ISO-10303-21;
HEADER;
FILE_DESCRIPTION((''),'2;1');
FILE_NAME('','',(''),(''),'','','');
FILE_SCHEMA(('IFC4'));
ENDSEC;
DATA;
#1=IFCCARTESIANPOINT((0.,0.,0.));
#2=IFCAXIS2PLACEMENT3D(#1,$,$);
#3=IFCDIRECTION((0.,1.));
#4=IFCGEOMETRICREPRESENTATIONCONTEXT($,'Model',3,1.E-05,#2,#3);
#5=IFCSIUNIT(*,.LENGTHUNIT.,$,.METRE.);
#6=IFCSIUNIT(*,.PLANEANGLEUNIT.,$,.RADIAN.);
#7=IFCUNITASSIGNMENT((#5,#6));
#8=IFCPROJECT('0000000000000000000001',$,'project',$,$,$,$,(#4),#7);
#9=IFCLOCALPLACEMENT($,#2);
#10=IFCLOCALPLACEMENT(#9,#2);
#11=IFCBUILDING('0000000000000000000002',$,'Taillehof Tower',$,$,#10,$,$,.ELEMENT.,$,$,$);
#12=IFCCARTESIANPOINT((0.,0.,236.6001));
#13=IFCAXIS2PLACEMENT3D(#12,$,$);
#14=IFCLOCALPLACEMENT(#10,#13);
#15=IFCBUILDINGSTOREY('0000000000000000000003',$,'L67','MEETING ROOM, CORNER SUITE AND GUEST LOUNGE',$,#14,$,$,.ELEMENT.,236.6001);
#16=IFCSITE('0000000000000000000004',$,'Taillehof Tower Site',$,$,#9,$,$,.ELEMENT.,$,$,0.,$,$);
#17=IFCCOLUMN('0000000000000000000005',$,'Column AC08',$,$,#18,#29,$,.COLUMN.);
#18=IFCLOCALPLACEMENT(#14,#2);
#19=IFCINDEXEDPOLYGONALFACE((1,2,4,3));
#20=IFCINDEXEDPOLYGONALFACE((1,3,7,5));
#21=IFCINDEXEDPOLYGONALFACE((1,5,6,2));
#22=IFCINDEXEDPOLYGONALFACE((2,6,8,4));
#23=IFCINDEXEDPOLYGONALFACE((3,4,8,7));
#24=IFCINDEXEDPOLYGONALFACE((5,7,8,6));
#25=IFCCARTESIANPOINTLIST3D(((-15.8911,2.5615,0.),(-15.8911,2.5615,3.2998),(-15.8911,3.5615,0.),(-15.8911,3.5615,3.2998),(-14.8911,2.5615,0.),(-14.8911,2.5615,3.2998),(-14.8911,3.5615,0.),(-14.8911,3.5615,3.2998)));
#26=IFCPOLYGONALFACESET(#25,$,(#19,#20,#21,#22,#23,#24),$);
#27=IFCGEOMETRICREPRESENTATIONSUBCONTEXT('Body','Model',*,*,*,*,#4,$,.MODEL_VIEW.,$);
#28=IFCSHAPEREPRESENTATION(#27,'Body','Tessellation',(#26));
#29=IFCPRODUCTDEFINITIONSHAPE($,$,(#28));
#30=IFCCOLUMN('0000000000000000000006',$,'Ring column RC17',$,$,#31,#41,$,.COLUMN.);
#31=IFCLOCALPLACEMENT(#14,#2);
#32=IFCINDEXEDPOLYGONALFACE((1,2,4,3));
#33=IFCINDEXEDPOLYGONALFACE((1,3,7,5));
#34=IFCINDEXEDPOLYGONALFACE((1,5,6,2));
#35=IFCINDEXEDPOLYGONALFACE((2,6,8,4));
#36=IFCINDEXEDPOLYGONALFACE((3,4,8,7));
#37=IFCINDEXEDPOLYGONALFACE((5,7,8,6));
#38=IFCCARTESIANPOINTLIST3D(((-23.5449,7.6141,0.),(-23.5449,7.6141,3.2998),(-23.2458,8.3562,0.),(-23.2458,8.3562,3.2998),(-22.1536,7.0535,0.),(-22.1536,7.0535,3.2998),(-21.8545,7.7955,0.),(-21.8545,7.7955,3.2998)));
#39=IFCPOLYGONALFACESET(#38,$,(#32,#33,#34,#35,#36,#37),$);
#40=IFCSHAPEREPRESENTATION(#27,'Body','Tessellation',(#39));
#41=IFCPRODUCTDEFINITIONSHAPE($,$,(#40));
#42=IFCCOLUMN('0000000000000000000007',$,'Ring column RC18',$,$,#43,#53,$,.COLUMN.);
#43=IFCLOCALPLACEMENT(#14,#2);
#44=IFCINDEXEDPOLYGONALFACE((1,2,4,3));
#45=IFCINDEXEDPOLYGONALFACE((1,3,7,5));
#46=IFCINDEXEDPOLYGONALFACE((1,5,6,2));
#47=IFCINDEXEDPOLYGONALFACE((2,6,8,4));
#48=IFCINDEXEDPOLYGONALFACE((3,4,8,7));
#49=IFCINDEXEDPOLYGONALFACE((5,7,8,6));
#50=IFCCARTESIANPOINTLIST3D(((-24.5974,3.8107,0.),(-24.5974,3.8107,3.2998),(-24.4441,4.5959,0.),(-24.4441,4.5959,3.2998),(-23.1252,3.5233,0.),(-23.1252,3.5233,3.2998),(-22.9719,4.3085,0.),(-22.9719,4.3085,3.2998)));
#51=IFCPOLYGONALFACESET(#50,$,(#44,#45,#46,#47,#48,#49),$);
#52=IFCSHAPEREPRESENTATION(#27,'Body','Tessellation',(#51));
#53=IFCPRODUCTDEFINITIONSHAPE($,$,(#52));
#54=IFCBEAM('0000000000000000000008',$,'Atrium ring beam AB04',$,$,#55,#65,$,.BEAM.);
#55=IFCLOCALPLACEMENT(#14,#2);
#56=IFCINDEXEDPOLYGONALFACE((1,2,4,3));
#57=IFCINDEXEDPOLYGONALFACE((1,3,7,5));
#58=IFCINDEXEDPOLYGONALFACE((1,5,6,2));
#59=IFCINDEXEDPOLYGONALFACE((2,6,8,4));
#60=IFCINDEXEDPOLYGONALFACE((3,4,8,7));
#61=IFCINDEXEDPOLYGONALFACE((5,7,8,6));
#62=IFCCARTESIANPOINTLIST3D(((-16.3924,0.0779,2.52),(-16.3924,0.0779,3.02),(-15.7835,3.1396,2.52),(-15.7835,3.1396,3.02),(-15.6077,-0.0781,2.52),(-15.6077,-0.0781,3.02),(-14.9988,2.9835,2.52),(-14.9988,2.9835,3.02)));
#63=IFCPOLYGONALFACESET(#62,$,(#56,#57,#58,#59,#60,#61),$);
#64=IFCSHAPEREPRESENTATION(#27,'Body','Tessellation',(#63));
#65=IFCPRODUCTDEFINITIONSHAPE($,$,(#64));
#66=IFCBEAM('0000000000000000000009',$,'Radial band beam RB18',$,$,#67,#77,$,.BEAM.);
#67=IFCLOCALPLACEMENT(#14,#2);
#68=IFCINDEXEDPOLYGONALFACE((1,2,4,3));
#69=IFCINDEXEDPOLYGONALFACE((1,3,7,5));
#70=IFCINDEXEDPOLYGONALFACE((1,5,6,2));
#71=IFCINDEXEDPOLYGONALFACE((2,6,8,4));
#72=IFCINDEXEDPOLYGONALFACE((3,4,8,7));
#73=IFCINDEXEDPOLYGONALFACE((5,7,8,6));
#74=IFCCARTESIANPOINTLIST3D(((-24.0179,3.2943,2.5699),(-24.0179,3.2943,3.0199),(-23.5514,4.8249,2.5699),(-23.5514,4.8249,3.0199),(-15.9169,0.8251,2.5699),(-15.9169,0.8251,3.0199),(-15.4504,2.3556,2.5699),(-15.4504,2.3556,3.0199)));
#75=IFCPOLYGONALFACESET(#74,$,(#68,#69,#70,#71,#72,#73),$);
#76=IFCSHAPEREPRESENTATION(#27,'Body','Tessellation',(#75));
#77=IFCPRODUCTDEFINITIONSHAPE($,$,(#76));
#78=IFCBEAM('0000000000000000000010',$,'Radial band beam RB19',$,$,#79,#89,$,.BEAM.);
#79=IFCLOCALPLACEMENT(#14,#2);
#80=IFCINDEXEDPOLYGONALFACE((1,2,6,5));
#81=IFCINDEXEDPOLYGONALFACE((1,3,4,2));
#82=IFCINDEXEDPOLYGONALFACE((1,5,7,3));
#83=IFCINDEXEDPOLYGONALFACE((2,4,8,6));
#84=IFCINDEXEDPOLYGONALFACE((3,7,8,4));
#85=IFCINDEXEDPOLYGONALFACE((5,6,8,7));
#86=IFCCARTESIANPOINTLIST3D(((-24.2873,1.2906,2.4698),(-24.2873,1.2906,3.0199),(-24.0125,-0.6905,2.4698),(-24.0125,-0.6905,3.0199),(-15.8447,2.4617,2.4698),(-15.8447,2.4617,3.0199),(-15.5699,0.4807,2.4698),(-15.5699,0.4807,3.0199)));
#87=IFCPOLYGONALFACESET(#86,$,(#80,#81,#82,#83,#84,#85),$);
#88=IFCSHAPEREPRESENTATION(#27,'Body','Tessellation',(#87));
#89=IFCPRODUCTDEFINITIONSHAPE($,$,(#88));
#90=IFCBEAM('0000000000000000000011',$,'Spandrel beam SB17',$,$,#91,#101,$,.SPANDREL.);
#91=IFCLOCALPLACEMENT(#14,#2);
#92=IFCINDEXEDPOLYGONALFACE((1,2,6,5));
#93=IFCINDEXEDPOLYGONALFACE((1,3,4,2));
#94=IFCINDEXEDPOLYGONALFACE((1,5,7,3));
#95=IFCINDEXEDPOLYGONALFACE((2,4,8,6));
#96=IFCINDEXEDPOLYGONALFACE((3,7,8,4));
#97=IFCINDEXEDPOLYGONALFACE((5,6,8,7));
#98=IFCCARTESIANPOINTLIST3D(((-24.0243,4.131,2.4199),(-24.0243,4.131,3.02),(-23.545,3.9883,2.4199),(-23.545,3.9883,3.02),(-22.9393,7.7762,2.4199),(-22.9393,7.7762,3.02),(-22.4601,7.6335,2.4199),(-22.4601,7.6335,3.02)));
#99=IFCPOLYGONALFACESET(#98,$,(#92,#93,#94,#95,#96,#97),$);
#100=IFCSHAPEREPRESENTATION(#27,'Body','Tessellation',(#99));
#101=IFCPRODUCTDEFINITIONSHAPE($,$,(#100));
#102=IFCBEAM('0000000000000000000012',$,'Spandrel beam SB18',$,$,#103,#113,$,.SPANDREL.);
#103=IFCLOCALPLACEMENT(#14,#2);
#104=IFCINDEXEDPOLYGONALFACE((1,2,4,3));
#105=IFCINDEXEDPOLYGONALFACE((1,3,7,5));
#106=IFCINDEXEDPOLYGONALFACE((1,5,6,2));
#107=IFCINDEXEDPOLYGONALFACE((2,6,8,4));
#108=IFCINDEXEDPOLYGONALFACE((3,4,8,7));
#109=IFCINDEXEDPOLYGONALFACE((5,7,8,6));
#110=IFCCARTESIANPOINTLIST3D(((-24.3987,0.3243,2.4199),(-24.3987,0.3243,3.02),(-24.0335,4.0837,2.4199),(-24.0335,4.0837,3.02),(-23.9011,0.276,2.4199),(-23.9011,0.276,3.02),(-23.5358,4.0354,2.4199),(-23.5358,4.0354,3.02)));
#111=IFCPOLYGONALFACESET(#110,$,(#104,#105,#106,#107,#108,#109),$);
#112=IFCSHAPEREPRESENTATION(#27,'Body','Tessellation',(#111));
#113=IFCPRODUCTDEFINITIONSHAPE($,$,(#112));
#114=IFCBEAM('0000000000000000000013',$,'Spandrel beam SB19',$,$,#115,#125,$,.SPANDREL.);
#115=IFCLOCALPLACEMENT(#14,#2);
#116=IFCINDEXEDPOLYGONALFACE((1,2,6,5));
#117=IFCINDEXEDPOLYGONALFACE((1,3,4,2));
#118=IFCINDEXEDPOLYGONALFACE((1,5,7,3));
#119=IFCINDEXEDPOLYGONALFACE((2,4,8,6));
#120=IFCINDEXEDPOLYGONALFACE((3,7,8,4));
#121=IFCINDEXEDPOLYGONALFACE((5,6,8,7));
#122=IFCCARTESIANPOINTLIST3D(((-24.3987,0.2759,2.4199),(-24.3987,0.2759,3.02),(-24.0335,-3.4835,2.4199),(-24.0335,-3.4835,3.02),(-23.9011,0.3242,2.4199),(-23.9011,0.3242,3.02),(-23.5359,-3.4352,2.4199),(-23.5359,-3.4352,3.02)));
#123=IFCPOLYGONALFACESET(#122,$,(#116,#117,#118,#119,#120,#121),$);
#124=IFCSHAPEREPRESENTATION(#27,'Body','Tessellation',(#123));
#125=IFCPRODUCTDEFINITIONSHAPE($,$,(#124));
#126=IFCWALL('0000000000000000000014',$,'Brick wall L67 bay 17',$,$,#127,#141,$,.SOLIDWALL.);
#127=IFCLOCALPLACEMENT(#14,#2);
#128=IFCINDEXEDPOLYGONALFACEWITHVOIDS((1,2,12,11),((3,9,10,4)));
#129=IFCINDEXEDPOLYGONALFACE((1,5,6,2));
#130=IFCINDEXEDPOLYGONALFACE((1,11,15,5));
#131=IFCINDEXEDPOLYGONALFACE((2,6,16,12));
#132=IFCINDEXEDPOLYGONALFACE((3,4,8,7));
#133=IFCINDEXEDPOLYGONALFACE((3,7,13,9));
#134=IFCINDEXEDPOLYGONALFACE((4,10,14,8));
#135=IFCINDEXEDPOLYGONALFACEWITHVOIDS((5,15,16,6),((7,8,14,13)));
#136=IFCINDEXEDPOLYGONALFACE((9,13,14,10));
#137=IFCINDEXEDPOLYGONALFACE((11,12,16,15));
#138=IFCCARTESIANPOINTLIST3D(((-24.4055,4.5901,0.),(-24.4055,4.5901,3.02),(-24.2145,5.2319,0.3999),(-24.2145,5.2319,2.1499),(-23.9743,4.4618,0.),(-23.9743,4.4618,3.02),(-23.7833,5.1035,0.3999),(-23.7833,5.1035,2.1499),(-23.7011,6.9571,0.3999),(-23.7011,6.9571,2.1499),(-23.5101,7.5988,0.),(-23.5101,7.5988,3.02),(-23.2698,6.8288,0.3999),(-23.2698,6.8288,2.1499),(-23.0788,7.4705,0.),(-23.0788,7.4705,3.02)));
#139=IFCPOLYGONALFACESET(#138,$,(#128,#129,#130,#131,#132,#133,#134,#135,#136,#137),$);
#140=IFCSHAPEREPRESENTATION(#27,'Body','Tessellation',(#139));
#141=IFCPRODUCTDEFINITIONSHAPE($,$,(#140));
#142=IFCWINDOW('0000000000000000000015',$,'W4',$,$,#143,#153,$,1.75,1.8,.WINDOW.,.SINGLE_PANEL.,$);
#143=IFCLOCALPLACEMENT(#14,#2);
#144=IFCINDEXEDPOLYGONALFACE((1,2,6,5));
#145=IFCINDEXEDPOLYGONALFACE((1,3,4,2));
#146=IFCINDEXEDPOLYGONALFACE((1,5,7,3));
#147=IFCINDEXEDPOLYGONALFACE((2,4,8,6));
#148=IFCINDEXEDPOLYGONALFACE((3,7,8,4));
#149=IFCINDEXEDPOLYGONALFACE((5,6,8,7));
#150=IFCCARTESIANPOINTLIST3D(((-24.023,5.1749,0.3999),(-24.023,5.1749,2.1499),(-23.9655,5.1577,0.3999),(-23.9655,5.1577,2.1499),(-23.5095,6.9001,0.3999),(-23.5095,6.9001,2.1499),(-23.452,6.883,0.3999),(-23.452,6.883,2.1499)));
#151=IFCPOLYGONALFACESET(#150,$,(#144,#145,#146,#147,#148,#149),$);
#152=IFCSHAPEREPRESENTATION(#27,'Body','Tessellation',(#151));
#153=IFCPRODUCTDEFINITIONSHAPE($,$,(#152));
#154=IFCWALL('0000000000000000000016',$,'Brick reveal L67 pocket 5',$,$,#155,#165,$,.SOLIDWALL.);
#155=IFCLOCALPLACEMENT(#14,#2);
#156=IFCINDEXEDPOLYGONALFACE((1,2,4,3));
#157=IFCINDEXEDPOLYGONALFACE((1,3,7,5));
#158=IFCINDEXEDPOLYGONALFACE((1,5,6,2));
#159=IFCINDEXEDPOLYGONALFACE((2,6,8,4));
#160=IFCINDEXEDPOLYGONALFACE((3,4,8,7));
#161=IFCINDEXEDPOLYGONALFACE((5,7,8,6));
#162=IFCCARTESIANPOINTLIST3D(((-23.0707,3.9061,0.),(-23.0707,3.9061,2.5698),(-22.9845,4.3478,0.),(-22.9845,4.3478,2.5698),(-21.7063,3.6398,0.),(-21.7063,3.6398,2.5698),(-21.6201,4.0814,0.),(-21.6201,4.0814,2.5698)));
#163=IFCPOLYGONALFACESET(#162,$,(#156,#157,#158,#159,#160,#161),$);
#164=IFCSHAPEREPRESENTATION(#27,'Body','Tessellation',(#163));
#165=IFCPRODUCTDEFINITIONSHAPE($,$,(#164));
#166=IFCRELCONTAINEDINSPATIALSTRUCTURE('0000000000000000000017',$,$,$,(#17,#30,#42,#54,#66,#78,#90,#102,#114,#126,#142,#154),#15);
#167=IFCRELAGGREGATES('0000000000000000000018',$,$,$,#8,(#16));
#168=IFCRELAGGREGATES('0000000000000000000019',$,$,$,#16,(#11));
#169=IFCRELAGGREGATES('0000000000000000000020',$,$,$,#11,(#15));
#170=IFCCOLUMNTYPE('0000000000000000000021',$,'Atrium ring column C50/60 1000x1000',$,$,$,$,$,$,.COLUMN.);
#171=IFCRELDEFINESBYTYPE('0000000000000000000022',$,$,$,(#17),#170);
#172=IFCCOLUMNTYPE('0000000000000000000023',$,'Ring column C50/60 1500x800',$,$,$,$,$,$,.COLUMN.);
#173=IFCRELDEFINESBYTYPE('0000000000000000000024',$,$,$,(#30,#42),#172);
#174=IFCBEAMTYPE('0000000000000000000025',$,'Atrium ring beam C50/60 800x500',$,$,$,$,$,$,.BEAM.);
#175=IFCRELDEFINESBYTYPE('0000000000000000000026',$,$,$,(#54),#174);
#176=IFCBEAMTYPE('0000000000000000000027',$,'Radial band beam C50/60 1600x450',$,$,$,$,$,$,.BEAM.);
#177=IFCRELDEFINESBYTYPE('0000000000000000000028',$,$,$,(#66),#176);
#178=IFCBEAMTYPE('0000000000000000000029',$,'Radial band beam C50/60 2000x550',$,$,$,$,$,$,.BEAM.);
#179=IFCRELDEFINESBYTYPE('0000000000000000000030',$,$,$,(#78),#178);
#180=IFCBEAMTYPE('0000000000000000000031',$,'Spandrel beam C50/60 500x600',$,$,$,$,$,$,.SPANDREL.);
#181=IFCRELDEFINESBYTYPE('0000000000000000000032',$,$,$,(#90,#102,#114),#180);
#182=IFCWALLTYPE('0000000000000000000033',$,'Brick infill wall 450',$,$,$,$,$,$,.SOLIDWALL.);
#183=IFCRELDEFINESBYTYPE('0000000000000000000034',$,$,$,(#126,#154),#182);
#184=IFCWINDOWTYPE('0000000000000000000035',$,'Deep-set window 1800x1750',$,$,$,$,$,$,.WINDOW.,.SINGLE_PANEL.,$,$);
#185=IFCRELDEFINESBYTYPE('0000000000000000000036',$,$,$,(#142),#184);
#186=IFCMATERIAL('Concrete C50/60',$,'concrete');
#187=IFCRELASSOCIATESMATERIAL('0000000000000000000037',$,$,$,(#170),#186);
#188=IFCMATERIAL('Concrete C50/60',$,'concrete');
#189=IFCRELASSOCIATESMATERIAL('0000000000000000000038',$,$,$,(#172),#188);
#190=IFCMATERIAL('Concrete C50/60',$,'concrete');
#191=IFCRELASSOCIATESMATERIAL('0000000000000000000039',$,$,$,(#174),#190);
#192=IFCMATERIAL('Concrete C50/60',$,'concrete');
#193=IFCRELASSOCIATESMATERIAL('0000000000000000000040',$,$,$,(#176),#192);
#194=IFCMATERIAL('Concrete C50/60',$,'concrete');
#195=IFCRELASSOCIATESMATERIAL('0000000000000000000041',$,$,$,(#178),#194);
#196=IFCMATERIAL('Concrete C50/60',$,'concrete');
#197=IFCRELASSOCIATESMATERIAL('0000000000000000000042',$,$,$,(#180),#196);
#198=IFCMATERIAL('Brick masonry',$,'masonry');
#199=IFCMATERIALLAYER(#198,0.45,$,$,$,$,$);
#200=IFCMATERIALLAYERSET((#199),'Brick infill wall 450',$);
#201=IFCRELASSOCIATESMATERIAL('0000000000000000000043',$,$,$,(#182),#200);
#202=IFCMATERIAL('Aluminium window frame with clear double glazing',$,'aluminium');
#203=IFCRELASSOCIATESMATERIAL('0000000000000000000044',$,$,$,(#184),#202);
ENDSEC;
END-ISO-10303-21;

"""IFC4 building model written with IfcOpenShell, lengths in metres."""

from ifc_helpers import new_model, si_unit, direction, frame, frame_2d, origin, origin_2d, place, context, subcontext, project, spatial, rectangle, extrude, material, layer, layer_set, material_profile, profile_set, type_object, element, fill, save


model = new_model("IFC4")

# Units and contexts
model_context = context("Model", 3, precision=1e-05, world=origin(), true_north=direction((0.0, 1.0)))
body_context = subcontext(model_context, "Body", "Model", "MODEL_VIEW")
ifc_project = project(units=[si_unit("LENGTHUNIT", "METRE"), si_unit("PLANEANGLEUNIT", "RADIAN")], contexts=[model_context])

# Site, building, storey
site_placement = place(None, origin())
site = spatial("IfcSite", under=ifc_project, at=site_placement, Name="Taillehof Tower Site", CompositionType="ELEMENT", RefElevation=0.0)
building_placement = place(site_placement, origin())
building = spatial("IfcBuilding", under=site, at=building_placement, Name="Taillehof Tower", CompositionType="ELEMENT")
storey_placement = place(building_placement, frame((0.0, 0.0, 236.6001)))
storey = spatial("IfcBuildingStorey", under=building, at=storey_placement, Name="L67", Description="MEETING ROOM, CORNER SUITE AND GUEST LOUNGE", CompositionType="ELEMENT", Elevation=236.6001)

# Columns
ifc_material_1 = material(Name="Concrete C50/60", Category="concrete")
ifc_material_profile_1 = material_profile(ifc_material_1, rectangle(XDim=1.0, YDim=1.0, at=origin_2d()), Name="RC 1000x1000")
ifc_profile_set_1 = profile_set([ifc_material_profile_1], Name="Concrete C50/60")
column_type_1 = type_object("IfcColumnType", Name="Atrium ring column C50/60 1000x1000", PredefinedType="COLUMN", material=ifc_profile_set_1)
column_placement = place(storey_placement, frame((-15.3911, 3.0615, 0.0), z_axis=(0.0, 0.0, 1.0), x_axis=(1.0, 0.0, 0.0)))
element("IfcColumn", 1, at=column_placement, inside=storey, type_object=column_type_1, Name="Column AC08", PredefinedType="COLUMN", context=body_context, shape_type="SweptSolid", body=[
    extrude(rectangle(XDim=1.0, YDim=1.0, at=origin_2d()), origin(), (0.0, 0.0, 1.0), 3.2998),
])
ifc_material_2 = material(Name="Concrete C50/60", Category="concrete")
ifc_material_profile_2 = material_profile(ifc_material_2, rectangle(XDim=1.5, YDim=0.8, at=origin_2d()), Name="RC 1500x800")
ifc_profile_set_2 = profile_set([ifc_material_profile_2], Name="Concrete C50/60")
column_type_2 = type_object("IfcColumnType", Name="Ring column C50/60 1500x800", PredefinedType="COLUMN", material=ifc_profile_set_2)
for number, where, z_axis, x_axis, name in (
    (2, (-22.6997, 7.7048, 0.0), (0.0, 0.0, 1.0), (-0.927525, 0.373762, 0.0), "Ring column RC17"),
    (3, (-23.7847, 4.0596, 0.0), (0.0, 0.0, 1.0), (-0.981473, 0.191602, 0.0), "Ring column RC18"),
):
    element("IfcColumn", number, at=place(storey_placement, frame(where, z_axis=z_axis, x_axis=x_axis)), inside=storey, type_object=column_type_2, Name=name, PredefinedType="COLUMN", context=body_context, shape_type="SweptSolid", body=[
        extrude(rectangle(XDim=1.5, YDim=0.8, at=origin_2d()), origin(), (0.0, 0.0, 1.0), 3.2998),
    ])

# Beams
ifc_material_3 = material(Name="Concrete C50/60", Category="concrete")
ifc_material_profile_3 = material_profile(ifc_material_3, rectangle(XDim=0.8, YDim=0.5, at=origin_2d()), Name="RC 800x500")
ifc_profile_set_3 = profile_set([ifc_material_profile_3], Name="Concrete C50/60")
beam_type_1 = type_object("IfcBeamType", Name="Atrium ring beam C50/60 800x500", PredefinedType="BEAM", material=ifc_profile_set_3)
beam_1_placement = place(storey_placement, frame((-15.3911, 3.0615, 2.77), z_axis=(-0.195063, -0.980791, 0.0), x_axis=(0.980791, -0.195063, 0.0)))
element("IfcBeam", 4, at=beam_1_placement, inside=storey, type_object=beam_type_1, Name="Atrium ring beam AB04", PredefinedType="BEAM", context=body_context, shape_type="SweptSolid", body=[
    extrude(rectangle(XDim=0.8, YDim=0.5, at=origin_2d()), origin(), (0.0, 0.0, 1.0), 3.1216),
])
ifc_material_4 = material(Name="Concrete C50/60", Category="concrete")
ifc_material_profile_4 = material_profile(ifc_material_4, rectangle(XDim=1.6001, YDim=0.45, at=origin_2d()), Name="RC 1600x450")
ifc_profile_set_4 = profile_set([ifc_material_profile_4], Name="Concrete C50/60")
beam_type_2 = type_object("IfcBeamType", Name="Radial band beam C50/60 1600x450", PredefinedType="BEAM", material=ifc_profile_set_4)
beam_2_placement = place(storey_placement, frame((-23.7847, 4.0596, 2.7949), z_axis=(0.956552, -0.291561, 0.0), x_axis=(0.291561, 0.956552, 0.0)))
element("IfcBeam", 5, at=beam_2_placement, inside=storey, type_object=beam_type_2, Name="Radial band beam RB18", PredefinedType="BEAM", context=body_context, shape_type="SweptSolid", body=[
    extrude(rectangle(XDim=1.6001, YDim=0.45, at=origin_2d()), origin(), (0.0, 0.0, 1.0), 8.469),
])
ifc_material_5 = material(Name="Concrete C50/60", Category="concrete")
ifc_material_profile_5 = material_profile(ifc_material_5, rectangle(XDim=2.0, YDim=0.55, at=origin_2d()), Name="RC 2000x550")
ifc_profile_set_5 = profile_set([ifc_material_profile_5], Name="Concrete C50/60")
beam_type_3 = type_object("IfcBeamType", Name="Radial band beam C50/60 2000x550", PredefinedType="BEAM", material=ifc_profile_set_5)
beam_3_placement = place(storey_placement, frame((-24.1499, 0.3, 2.7449), z_axis=(0.990515, 0.137402, 0.0), x_axis=(-0.137402, 0.990515, 0.0)))
element("IfcBeam", 6, at=beam_3_placement, inside=storey, type_object=beam_type_3, Name="Radial band beam RB19", PredefinedType="BEAM", context=body_context, shape_type="SweptSolid", body=[
    extrude(rectangle(XDim=2.0, YDim=0.55, at=origin_2d()), origin(), (0.0, 0.0, 1.0), 8.5234),
])
ifc_material_6 = material(Name="Concrete C50/60", Category="concrete")
ifc_material_profile_6 = material_profile(ifc_material_6, rectangle(XDim=0.5, YDim=0.6001, at=origin_2d()), Name="RC 500x600")
ifc_profile_set_6 = profile_set([ifc_material_profile_6], Name="Concrete C50/60")
beam_type_4 = type_object("IfcBeamType", Name="Spandrel beam C50/60 500x600", PredefinedType="SPANDREL", material=ifc_profile_set_6)
beam_4_placement = place(storey_placement, frame((-22.6997, 7.7048, 2.72), z_axis=(-0.285268, -0.958448, 0.0), x_axis=(0.958448, -0.285268, 0.0)))
element("IfcBeam", 7, at=beam_4_placement, inside=storey, type_object=beam_type_4, Name="Spandrel beam SB17", PredefinedType="SPANDREL", context=body_context, shape_type="SweptSolid", body=[
    extrude(rectangle(XDim=0.5, YDim=0.6001, at=origin_2d()), origin(), (0.0, 0.0, 1.0), 3.8032),
])
for number, where, z_axis, x_axis, name in (
    (8, (-23.7847, 4.0596, 2.72), (-0.096694, -0.995314, 0.0), (0.995314, -0.096694, 0.0), "Spandrel beam SB18"),
    (9, (-24.1499, 0.3, 2.72), (0.096694, -0.995314, 0.0), (0.995314, 0.096694, 0.0), "Spandrel beam SB19"),
):
    element("IfcBeam", number, at=place(storey_placement, frame(where, z_axis=z_axis, x_axis=x_axis)), inside=storey, type_object=beam_type_4, Name=name, PredefinedType="SPANDREL", context=body_context, shape_type="SweptSolid", body=[
        extrude(rectangle(XDim=0.5, YDim=0.6001, at=origin_2d()), origin(), (0.0, 0.0, 1.0), 3.7771),
    ])

# Wall, opening, window
ifc_material_7 = material(Name="Brick masonry", Category="masonry")
ifc_layer_1 = layer(ifc_material_7, 0.45)
ifc_layer_set_1 = layer_set([ifc_layer_1], Name="Brick infill wall 450")
wall_type_1 = type_object("IfcWallType", Name="Brick infill wall 450", PredefinedType="SOLIDWALL", material=ifc_layer_set_1)
wall_1_placement = place(storey_placement, frame((-23.2944, 7.5347, 0.0), z_axis=(0.0, 0.0, 1.0), x_axis=(-0.285264, -0.958449, 0.0)))
wall_1 = element("IfcWall", 10, at=wall_1_placement, inside=storey, type_object=wall_type_1, Name="Brick wall L67 bay 17", PredefinedType="SOLIDWALL", context=body_context, shape_type="SweptSolid", body=[
    extrude(rectangle(XDim=3.1392, YDim=0.45, at=frame_2d((1.5696, 0.0))), origin(), (0.0, 0.0, 1.0), 3.02),
])
opening_1_placement = place(wall_1_placement, frame((0.6697, 0.0, 0.3999)))
opening_1 = element("IfcOpeningElement", 11, at=opening_1_placement, cuts=wall_1, PredefinedType="OPENING", context=body_context, shape_type="SweptSolid", body=[
    extrude(rectangle(XDim=1.8, YDim=1.75, at=frame_2d((0.8999, 0.875))), frame((0.0, 0.2349, 0.0), z_axis=(0.0, -1.0, 0.0), x_axis=(1.0, 0.0, 0.0)), (0.0, 0.0, 1.0), 0.47),
])
ifc_material_8 = material(Name="Aluminium window frame with clear double glazing", Category="aluminium")
window_type_1 = type_object("IfcWindowType", Name="Deep-set window 1800x1750", PartitioningType="SINGLE_PANEL", PredefinedType="WINDOW", material=ifc_material_8)
window_1_placement = place(opening_1_placement, origin())
window_1 = element("IfcWindow", 12, at=window_1_placement, inside=storey, type_object=window_type_1, Name="W4", OverallHeight=1.75, OverallWidth=1.8, PartitioningType="SINGLE_PANEL", PredefinedType="WINDOW", context=body_context, shape_type="SweptSolid", body=[
    extrude(rectangle(XDim=1.8, YDim=1.75, at=frame_2d((0.8999, 0.875))), frame((0.0, 0.0349, 0.0), z_axis=(0.0, -1.0, 0.0), x_axis=(1.0, 0.0, 0.0)), (0.0, 0.0, 1.0), 0.0601),
])
fill(opening_1, window_1)

# Wall
wall_2_placement = place(storey_placement, frame((-23.0276, 4.127, 0.0), z_axis=(0.0, 0.0, 1.0), x_axis=(0.981469, -0.191622, 0.0)))
element("IfcWall", 13, at=wall_2_placement, inside=storey, type_object=wall_type_1, Name="Brick reveal L67 pocket 5", PredefinedType="SOLIDWALL", context=body_context, shape_type="SweptSolid", body=[
    extrude(rectangle(XDim=1.3901, YDim=0.45, at=frame_2d((0.6951, 0.0))), origin(), (0.0, 0.0, 1.0), 2.5698),
])

save(model, "model.ifc")
